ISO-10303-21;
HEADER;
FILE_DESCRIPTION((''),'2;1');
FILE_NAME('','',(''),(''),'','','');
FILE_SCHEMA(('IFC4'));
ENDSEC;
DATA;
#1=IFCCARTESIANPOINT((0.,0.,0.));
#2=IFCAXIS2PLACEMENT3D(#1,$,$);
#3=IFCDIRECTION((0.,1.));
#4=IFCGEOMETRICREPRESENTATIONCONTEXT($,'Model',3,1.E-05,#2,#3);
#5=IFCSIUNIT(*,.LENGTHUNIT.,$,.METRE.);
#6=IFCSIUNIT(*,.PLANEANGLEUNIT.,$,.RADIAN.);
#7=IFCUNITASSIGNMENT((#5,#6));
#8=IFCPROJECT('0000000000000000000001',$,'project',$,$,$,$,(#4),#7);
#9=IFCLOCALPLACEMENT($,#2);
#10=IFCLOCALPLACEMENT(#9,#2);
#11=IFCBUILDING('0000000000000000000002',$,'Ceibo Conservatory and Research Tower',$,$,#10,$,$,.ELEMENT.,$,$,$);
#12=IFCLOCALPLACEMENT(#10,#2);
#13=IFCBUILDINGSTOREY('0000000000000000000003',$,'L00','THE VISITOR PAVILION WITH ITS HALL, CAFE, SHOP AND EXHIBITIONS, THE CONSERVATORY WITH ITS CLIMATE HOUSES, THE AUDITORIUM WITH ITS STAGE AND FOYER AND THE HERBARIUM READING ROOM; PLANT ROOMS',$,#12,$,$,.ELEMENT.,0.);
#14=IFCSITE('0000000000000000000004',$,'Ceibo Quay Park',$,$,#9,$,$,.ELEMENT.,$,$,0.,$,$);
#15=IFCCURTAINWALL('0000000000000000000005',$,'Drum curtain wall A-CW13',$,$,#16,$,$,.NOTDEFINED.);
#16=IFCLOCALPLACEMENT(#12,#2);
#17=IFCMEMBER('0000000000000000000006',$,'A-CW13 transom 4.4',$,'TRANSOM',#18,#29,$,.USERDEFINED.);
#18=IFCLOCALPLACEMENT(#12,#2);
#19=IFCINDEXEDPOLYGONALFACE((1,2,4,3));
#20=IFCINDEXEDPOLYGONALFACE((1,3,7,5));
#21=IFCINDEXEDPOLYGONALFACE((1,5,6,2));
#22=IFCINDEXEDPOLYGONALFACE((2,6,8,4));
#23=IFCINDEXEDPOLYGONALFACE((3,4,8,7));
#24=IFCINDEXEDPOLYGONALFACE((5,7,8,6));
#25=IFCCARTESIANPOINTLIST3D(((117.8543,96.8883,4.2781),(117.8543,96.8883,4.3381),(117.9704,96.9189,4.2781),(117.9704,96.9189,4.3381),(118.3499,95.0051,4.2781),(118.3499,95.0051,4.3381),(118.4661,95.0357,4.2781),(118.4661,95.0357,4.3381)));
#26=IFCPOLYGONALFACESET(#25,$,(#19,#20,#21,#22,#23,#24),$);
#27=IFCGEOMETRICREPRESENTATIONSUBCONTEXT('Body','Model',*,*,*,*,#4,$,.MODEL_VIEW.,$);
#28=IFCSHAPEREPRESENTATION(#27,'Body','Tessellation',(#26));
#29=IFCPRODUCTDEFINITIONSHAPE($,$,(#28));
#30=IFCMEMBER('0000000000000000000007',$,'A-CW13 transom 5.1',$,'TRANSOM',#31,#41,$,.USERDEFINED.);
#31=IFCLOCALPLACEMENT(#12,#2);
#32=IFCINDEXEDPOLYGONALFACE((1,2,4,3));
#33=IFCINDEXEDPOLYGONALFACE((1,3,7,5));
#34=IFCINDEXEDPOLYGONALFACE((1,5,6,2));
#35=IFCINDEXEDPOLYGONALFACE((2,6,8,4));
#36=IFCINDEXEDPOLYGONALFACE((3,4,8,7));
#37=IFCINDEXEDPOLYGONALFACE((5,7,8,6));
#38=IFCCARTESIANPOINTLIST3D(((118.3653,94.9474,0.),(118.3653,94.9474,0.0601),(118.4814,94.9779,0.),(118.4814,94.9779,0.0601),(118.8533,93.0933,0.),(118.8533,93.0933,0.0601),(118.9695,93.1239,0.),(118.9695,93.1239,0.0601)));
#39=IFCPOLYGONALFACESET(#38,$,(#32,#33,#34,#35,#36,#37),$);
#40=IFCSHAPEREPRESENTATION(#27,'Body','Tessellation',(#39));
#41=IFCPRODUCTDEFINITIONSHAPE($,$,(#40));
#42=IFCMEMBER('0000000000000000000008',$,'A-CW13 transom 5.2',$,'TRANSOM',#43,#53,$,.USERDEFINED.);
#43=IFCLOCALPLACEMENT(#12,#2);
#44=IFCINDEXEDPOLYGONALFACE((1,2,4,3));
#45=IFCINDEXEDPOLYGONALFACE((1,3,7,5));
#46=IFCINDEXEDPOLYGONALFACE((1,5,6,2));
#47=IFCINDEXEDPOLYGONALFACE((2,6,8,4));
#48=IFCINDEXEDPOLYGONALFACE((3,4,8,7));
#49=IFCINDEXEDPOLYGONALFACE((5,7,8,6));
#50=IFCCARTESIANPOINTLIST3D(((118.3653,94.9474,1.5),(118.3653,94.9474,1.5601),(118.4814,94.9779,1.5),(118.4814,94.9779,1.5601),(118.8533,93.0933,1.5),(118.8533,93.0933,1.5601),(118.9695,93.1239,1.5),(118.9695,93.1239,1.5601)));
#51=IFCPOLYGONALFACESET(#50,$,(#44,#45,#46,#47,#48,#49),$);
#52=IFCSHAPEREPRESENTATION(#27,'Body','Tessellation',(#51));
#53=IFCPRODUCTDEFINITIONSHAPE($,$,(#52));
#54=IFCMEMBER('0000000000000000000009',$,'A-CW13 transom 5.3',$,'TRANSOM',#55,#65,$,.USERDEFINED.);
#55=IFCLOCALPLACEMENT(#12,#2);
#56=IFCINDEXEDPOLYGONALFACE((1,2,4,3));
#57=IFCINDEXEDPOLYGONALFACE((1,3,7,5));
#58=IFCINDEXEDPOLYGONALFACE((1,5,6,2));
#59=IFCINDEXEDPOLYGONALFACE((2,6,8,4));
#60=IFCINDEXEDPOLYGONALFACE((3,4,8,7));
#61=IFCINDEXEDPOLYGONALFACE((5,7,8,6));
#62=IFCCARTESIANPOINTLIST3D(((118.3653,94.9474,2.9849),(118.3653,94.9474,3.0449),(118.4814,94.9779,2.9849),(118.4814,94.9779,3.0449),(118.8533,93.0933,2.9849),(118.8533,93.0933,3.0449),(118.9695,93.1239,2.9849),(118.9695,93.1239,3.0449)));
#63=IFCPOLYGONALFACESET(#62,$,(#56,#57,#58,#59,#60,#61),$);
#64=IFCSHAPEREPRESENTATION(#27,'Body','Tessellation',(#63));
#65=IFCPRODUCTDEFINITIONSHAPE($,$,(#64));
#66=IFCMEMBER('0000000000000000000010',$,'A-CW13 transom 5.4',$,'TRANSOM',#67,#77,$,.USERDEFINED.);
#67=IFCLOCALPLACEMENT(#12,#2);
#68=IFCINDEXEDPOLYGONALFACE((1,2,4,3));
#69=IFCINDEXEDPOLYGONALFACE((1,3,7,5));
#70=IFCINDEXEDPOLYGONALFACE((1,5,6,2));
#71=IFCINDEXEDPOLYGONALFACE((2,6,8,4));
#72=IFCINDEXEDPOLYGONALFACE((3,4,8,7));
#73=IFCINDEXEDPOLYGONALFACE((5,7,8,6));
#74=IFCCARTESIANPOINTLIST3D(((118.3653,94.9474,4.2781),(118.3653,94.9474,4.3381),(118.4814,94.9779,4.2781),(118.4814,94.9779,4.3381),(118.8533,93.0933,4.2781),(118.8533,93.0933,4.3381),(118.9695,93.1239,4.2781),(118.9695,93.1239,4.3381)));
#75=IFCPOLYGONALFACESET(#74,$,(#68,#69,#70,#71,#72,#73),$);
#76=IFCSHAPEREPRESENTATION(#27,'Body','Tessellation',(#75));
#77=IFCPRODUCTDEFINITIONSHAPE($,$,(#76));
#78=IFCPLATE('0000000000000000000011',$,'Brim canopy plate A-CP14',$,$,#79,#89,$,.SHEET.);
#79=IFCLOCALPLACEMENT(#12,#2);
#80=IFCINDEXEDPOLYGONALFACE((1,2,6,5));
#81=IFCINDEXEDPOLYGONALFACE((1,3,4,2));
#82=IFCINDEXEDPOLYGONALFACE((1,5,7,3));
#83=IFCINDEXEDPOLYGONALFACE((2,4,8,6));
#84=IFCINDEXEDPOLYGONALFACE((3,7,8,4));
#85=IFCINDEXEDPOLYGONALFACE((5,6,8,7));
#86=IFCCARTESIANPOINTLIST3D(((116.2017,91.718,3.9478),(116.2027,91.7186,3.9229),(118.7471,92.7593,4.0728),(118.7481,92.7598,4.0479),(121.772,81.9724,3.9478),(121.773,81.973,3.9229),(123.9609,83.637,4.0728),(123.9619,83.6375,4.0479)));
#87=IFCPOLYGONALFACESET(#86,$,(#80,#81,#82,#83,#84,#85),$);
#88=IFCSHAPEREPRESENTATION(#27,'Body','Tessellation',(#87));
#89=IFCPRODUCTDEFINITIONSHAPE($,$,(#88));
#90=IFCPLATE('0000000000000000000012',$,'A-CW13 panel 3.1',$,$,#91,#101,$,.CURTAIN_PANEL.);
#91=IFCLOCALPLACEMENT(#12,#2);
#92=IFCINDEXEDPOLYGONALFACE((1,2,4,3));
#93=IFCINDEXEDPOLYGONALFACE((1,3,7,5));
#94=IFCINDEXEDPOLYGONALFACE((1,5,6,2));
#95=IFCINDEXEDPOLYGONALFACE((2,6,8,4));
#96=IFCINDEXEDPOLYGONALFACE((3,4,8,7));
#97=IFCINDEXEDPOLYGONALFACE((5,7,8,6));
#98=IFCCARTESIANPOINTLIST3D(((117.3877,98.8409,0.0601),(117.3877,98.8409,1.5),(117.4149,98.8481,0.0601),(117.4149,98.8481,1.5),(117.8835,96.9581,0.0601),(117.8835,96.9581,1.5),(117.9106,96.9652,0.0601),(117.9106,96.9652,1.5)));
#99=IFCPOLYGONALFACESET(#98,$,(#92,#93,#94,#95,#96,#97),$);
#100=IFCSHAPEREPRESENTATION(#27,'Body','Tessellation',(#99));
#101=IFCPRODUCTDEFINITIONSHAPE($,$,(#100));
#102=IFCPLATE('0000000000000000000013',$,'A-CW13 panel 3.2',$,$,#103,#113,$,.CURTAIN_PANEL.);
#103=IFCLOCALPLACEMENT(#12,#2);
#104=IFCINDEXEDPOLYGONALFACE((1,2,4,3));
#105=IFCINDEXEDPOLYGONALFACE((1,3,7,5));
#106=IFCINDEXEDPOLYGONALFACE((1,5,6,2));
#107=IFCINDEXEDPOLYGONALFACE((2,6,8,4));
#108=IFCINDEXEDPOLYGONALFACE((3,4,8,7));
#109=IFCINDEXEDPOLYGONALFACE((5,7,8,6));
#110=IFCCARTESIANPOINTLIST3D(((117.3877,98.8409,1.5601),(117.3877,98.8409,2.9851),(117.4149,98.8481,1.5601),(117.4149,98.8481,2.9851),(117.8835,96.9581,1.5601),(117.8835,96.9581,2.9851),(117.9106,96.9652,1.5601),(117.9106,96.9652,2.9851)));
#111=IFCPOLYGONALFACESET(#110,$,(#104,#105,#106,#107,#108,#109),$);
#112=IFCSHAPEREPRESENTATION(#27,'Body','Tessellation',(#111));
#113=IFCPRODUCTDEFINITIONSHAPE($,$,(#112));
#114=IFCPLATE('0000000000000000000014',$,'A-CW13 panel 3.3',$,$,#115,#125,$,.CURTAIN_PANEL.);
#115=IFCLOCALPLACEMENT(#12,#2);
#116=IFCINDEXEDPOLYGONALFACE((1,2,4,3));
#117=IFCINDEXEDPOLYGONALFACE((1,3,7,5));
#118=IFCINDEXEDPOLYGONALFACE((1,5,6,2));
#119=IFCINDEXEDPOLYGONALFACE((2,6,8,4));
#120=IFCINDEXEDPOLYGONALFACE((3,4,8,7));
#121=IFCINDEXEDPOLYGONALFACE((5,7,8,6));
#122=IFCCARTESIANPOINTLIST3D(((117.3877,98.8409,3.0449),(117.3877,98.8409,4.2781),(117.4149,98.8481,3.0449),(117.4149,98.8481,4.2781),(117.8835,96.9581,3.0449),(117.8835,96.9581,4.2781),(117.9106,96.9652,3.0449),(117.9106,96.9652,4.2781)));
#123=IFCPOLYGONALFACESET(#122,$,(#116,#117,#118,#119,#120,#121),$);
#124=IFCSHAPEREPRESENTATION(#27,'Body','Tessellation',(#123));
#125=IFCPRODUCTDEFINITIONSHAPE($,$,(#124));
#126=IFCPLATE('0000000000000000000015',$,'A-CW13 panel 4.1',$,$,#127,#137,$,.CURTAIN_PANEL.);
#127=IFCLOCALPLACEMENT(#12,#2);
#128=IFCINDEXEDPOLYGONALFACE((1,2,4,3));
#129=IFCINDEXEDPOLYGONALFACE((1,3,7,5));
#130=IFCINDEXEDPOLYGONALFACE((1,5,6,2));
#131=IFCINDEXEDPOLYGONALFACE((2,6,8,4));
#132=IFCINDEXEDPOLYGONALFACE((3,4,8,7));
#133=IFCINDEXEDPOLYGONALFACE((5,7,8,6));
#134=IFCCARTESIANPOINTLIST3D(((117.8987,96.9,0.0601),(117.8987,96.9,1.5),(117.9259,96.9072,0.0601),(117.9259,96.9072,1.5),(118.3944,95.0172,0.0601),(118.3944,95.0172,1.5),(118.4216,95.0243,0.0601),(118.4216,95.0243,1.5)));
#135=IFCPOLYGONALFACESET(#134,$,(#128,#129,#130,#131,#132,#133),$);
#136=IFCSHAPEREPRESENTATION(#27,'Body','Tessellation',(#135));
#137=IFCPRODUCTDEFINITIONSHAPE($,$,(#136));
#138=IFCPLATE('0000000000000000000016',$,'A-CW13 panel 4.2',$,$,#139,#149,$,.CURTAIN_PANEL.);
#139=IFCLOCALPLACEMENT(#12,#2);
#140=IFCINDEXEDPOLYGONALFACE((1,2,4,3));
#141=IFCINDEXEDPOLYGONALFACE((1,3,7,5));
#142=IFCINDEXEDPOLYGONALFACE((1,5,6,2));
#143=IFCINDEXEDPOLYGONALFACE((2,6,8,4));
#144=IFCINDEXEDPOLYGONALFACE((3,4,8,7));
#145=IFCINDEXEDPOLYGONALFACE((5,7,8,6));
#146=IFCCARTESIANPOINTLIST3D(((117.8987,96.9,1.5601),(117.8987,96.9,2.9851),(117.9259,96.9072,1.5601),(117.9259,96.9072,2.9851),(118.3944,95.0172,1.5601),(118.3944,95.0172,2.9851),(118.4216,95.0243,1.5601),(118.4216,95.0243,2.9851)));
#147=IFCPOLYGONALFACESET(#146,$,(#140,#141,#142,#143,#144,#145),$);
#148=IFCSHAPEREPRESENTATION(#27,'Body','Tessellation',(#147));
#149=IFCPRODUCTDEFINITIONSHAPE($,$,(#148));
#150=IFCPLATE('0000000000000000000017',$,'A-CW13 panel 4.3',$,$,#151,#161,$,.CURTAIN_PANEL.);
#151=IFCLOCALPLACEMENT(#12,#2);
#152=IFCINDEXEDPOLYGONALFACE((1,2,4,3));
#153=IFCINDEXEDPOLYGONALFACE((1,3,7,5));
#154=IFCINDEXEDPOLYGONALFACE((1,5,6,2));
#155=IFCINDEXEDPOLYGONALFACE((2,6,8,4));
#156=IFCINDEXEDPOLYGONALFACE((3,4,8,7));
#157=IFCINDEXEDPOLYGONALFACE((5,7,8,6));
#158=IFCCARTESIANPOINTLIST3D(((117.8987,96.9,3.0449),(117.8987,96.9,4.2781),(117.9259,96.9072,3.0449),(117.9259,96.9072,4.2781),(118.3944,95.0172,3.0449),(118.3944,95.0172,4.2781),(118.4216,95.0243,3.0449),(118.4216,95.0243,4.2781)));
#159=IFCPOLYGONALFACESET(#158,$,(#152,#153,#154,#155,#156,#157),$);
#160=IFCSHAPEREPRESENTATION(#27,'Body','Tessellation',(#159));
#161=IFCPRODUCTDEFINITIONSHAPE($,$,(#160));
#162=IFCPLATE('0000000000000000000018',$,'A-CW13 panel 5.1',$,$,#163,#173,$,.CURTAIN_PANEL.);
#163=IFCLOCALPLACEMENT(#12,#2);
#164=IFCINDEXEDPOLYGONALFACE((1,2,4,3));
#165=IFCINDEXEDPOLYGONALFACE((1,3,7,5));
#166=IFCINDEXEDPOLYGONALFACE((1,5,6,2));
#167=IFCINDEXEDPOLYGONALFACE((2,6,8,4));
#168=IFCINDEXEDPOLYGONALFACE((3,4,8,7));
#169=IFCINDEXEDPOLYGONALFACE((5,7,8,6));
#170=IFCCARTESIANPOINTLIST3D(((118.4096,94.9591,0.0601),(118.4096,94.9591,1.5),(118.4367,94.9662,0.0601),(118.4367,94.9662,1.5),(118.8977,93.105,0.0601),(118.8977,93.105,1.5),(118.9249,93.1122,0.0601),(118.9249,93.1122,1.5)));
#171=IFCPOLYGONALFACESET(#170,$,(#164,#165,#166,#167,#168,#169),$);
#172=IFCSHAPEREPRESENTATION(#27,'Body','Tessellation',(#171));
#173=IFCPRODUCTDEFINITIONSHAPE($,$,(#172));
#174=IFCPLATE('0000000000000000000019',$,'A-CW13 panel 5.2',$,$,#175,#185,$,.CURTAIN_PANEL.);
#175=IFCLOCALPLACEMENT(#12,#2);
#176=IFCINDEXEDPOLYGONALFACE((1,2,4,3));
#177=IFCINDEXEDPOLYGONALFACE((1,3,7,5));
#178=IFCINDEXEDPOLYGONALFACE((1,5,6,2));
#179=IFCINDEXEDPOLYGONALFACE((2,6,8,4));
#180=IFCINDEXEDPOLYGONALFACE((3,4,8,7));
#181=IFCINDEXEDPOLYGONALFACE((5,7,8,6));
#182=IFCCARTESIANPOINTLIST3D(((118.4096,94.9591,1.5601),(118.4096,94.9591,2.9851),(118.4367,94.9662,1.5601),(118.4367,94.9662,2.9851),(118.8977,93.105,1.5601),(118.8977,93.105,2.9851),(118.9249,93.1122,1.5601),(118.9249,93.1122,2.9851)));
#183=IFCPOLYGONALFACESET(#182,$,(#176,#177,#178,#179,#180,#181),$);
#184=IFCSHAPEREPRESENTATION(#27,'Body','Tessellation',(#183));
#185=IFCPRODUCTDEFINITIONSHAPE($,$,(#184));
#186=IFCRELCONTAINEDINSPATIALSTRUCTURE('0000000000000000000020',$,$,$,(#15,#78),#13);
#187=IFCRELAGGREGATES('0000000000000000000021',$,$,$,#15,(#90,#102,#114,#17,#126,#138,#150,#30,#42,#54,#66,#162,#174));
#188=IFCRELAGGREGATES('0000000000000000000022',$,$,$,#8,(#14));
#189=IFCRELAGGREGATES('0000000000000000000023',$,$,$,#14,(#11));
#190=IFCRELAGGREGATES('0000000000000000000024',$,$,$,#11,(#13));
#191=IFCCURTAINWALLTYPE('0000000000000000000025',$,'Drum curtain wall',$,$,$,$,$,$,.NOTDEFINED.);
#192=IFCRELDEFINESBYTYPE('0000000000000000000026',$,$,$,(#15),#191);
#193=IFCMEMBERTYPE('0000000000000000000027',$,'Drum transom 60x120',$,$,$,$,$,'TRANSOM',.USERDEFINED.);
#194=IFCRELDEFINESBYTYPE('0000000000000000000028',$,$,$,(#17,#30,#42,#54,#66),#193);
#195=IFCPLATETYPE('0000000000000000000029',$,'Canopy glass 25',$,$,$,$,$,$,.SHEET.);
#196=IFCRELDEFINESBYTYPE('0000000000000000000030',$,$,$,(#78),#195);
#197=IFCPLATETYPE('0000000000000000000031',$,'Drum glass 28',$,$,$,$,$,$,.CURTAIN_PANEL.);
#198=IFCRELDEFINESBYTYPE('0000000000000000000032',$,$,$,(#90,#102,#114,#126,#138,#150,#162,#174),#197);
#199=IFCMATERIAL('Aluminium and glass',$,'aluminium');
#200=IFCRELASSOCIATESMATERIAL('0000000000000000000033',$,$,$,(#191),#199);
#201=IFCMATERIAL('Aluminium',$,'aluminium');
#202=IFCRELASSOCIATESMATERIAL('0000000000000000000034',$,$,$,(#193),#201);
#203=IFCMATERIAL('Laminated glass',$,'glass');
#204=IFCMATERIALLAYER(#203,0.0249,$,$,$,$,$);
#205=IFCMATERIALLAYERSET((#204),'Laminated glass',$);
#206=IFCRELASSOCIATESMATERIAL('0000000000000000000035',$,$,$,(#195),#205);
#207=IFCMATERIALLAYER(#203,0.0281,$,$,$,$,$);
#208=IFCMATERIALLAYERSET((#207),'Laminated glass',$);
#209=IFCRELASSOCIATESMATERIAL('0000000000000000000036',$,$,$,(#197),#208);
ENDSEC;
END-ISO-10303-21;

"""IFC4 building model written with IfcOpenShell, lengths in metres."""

from ifc_helpers import new_model, si_unit, direction, frame, origin, origin_2d, place, context, subcontext, project, spatial, polyline, rectangle, outline, extrude, material, layer, layer_set, material_profile, profile_set, type_object, element, aggregate, save


model = new_model("IFC4")

# Units and contexts
model_context = context("Model", 3, precision=1e-05, world=origin(), true_north=direction((0.0, 1.0)))
body_context = subcontext(model_context, "Body", "Model", "MODEL_VIEW")
ifc_project = project(units=[si_unit("LENGTHUNIT", "METRE"), si_unit("PLANEANGLEUNIT", "RADIAN")], contexts=[model_context])

# Site, building, storey
site_placement = place(None, origin())
site = spatial("IfcSite", under=ifc_project, at=site_placement, Name="Ceibo Quay Park", CompositionType="ELEMENT", RefElevation=0.0)
building_placement = place(site_placement, origin())
building = spatial("IfcBuilding", under=site, at=building_placement, Name="Ceibo Conservatory and Research Tower", CompositionType="ELEMENT")
storey_placement = place(building_placement, origin())
storey = spatial("IfcBuildingStorey", under=building, at=storey_placement, Name="L00", Description="THE VISITOR PAVILION WITH ITS HALL, CAFE, SHOP AND EXHIBITIONS, THE CONSERVATORY WITH ITS CLIMATE HOUSES, THE AUDITORIUM WITH ITS STAGE AND FOYER AND THE HERBARIUM READING ROOM; PLANT ROOMS", CompositionType="ELEMENT", Elevation=0.0)

# Curtain wall, members
ifc_material_1 = material(Name="Aluminium and glass", Category="aluminium")
curtain_wall_type = type_object("IfcCurtainWallType", Name="Drum curtain wall", PredefinedType="NOTDEFINED", material=ifc_material_1)
curtain_wall_placement = place(storey_placement, origin())
curtain_wall = element("IfcCurtainWall", 1, at=curtain_wall_placement, inside=storey, type_object=curtain_wall_type, Name="Drum curtain wall A-CW13", PredefinedType="NOTDEFINED")
ifc_material_2 = material(Name="Aluminium", Category="aluminium")
ifc_material_profile_1 = material_profile(ifc_material_2, rectangle(XDim=0.1201, YDim=0.0601, at=origin_2d()), Name="AL 60x120")
ifc_profile_set_1 = profile_set([ifc_material_profile_1], Name="Aluminium")
member_type_1 = type_object("IfcMemberType", Name="Drum transom 60x120", ElementType="TRANSOM", PredefinedType="USERDEFINED", material=ifc_profile_set_1)
member_1_placement = place(storey_placement, frame((117.9124, 96.9036, 4.3081), z_axis=(0.254524, -0.967066, 0.0), x_axis=(0.967066, 0.254524, 0.0)))
member_1 = element("IfcMember", 2, at=member_1_placement, type_object=member_type_1, Name="A-CW13 transom 4.4", ObjectType="TRANSOM", PredefinedType="USERDEFINED", context=body_context, shape_type="SweptSolid", body=[
    extrude(rectangle(XDim=0.1201, YDim=0.0601, at=origin_2d()), origin(), (0.0, 0.0, 1.0), 1.9473),
])
member_2_placement = place(storey_placement, frame((118.4233, 94.9626, 0.03), z_axis=(0.254562, -0.967056, 0.0), x_axis=(0.967056, 0.254562, 0.0)))
member_2 = element("IfcMember", 3, at=member_2_placement, type_object=member_type_1, Name="A-CW13 transom 5.1", ObjectType="TRANSOM", PredefinedType="USERDEFINED", context=body_context, shape_type="SweptSolid", body=[
    extrude(rectangle(XDim=0.1201, YDim=0.0601, at=origin_2d()), origin(), (0.0, 0.0, 1.0), 1.9172),
])
member_3_placement = place(storey_placement, frame((118.4233, 94.9626, 1.53), z_axis=(0.254562, -0.967056, 0.0), x_axis=(0.967056, 0.254562, 0.0)))
member_3 = element("IfcMember", 4, at=member_3_placement, type_object=member_type_1, Name="A-CW13 transom 5.2", ObjectType="TRANSOM", PredefinedType="USERDEFINED", context=body_context, shape_type="SweptSolid", body=[
    extrude(rectangle(XDim=0.1201, YDim=0.0601, at=origin_2d()), origin(), (0.0, 0.0, 1.0), 1.9172),
])
member_4_placement = place(storey_placement, frame((118.4233, 94.9626, 3.0149), z_axis=(0.254562, -0.967056, 0.0), x_axis=(0.967056, 0.254562, 0.0)))
member_4 = element("IfcMember", 5, at=member_4_placement, type_object=member_type_1, Name="A-CW13 transom 5.3", ObjectType="TRANSOM", PredefinedType="USERDEFINED", context=body_context, shape_type="SweptSolid", body=[
    extrude(rectangle(XDim=0.1201, YDim=0.0601, at=origin_2d()), origin(), (0.0, 0.0, 1.0), 1.9172),
])
member_5_placement = place(storey_placement, frame((118.4233, 94.9626, 4.3081), z_axis=(0.254562, -0.967056, 0.0), x_axis=(0.967056, 0.254562, 0.0)))
member_5 = element("IfcMember", 6, at=member_5_placement, type_object=member_type_1, Name="A-CW13 transom 5.4", ObjectType="TRANSOM", PredefinedType="USERDEFINED", context=body_context, shape_type="SweptSolid", body=[
    extrude(rectangle(XDim=0.1201, YDim=0.0601, at=origin_2d()), origin(), (0.0, 0.0, 1.0), 1.9172),
])

# Plates
ifc_material_3 = material(Name="Laminated glass", Category="glass")
ifc_layer_1 = layer(ifc_material_3, 0.0249)
ifc_layer_set_1 = layer_set([ifc_layer_1], Name="Laminated glass")
plate_type_1 = type_object("IfcPlateType", Name="Canopy glass 25", PredefinedType="SHEET", material=ifc_layer_set_1)
plate_1_placement = place(storey_placement, frame((118.7471, 92.7593, 4.0728), z_axis=(0.039761, 0.022726, -0.998951), x_axis=(0.496219, -0.868197, 0.0)))
element("IfcPlate", 7, at=plate_1_placement, inside=storey, type_object=plate_type_1, Name="Brim canopy plate A-CP14", PredefinedType="SHEET", context=body_context, shape_type="SweptSolid", body=[
    extrude(outline(polyline([(0.0, 0.0), (10.5072, 0.0), (10.8661, 2.7293), (-0.3591, 2.7295), (0.0, 0.0)])), origin(), (0.0, 0.0, 1.0), 0.0249),
])
ifc_layer_2 = layer(ifc_material_3, 0.0281)
ifc_layer_set_2 = layer_set([ifc_layer_2], Name="Laminated glass")
plate_type_2 = type_object("IfcPlateType", Name="Drum glass 28", PredefinedType="CURTAIN_PANEL", material=ifc_layer_set_2)
plate_2_placement = place(storey_placement, frame((117.6492, 97.9031, 0.0601), z_axis=(0.0, 0.0, 1.0), x_axis=(0.254602, -0.967046, 0.0)))
plate_2 = element("IfcPlate", 8, at=plate_2_placement, type_object=plate_type_2, Name="A-CW13 panel 3.1", PredefinedType="CURTAIN_PANEL", context=body_context, shape_type="SweptSolid", body=[
    extrude(rectangle(XDim=1.947, YDim=0.0281, at=origin_2d()), origin(), (0.0, 0.0, 1.0), 1.4399),
])
plate_3_placement = place(storey_placement, frame((117.6492, 97.9031, 1.5601), z_axis=(0.0, 0.0, 1.0), x_axis=(0.254602, -0.967046, 0.0)))
plate_3 = element("IfcPlate", 9, at=plate_3_placement, type_object=plate_type_2, Name="A-CW13 panel 3.2", PredefinedType="CURTAIN_PANEL", context=body_context, shape_type="SweptSolid", body=[
    extrude(rectangle(XDim=1.947, YDim=0.0281, at=origin_2d()), origin(), (0.0, 0.0, 1.0), 1.425),
])
plate_4_placement = place(storey_placement, frame((117.6492, 97.9031, 3.0449), z_axis=(0.0, 0.0, 1.0), x_axis=(0.254602, -0.967046, 0.0)))
plate_4 = element("IfcPlate", 10, at=plate_4_placement, type_object=plate_type_2, Name="A-CW13 panel 3.3", PredefinedType="CURTAIN_PANEL", context=body_context, shape_type="SweptSolid", body=[
    extrude(rectangle(XDim=1.947, YDim=0.0281, at=origin_2d()), origin(), (0.0, 0.0, 1.0), 1.2332),
])
plate_5_placement = place(storey_placement, frame((118.1602, 95.9622, 0.0601), z_axis=(0.0, 0.0, 1.0), x_axis=(0.254602, -0.967046, 0.0)))
plate_5 = element("IfcPlate", 11, at=plate_5_placement, type_object=plate_type_2, Name="A-CW13 panel 4.1", PredefinedType="CURTAIN_PANEL", context=body_context, shape_type="SweptSolid", body=[
    extrude(rectangle(XDim=1.947, YDim=0.0281, at=origin_2d()), origin(), (0.0, 0.0, 1.0), 1.4399),
])
plate_6_placement = place(storey_placement, frame((118.1602, 95.9622, 1.5601), z_axis=(0.0, 0.0, 1.0), x_axis=(0.254602, -0.967046, 0.0)))
plate_6 = element("IfcPlate", 12, at=plate_6_placement, type_object=plate_type_2, Name="A-CW13 panel 4.2", PredefinedType="CURTAIN_PANEL", context=body_context, shape_type="SweptSolid", body=[
    extrude(rectangle(XDim=1.947, YDim=0.0281, at=origin_2d()), origin(), (0.0, 0.0, 1.0), 1.425),
])
plate_7_placement = place(storey_placement, frame((118.1602, 95.9622, 3.0449), z_axis=(0.0, 0.0, 1.0), x_axis=(0.254602, -0.967046, 0.0)))
plate_7 = element("IfcPlate", 13, at=plate_7_placement, type_object=plate_type_2, Name="A-CW13 panel 4.3", PredefinedType="CURTAIN_PANEL", context=body_context, shape_type="SweptSolid", body=[
    extrude(rectangle(XDim=1.947, YDim=0.0281, at=origin_2d()), origin(), (0.0, 0.0, 1.0), 1.2332),
])
plate_8_placement = place(storey_placement, frame((118.6672, 94.0356, 0.0601), z_axis=(0.0, 0.0, 1.0), x_axis=(0.254602, -0.967046, 0.0)))
plate_8 = element("IfcPlate", 14, at=plate_8_placement, type_object=plate_type_2, Name="A-CW13 panel 5.1", PredefinedType="CURTAIN_PANEL", context=body_context, shape_type="SweptSolid", body=[
    extrude(rectangle(XDim=1.9172, YDim=0.0281, at=origin_2d()), origin(), (0.0, 0.0, 1.0), 1.4399),
])
plate_9_placement = place(storey_placement, frame((118.6672, 94.0356, 1.5601), z_axis=(0.0, 0.0, 1.0), x_axis=(0.254602, -0.967046, 0.0)))
plate_9 = element("IfcPlate", 15, at=plate_9_placement, type_object=plate_type_2, Name="A-CW13 panel 5.2", PredefinedType="CURTAIN_PANEL", context=body_context, shape_type="SweptSolid", body=[
    extrude(rectangle(XDim=1.9172, YDim=0.0281, at=origin_2d()), origin(), (0.0, 0.0, 1.0), 1.425),
])
aggregate(curtain_wall, [plate_2, plate_3, plate_4, member_1, plate_5, plate_6, plate_7, member_2, member_3, member_4, member_5, plate_8, plate_9])

save(model, "model.ifc")
